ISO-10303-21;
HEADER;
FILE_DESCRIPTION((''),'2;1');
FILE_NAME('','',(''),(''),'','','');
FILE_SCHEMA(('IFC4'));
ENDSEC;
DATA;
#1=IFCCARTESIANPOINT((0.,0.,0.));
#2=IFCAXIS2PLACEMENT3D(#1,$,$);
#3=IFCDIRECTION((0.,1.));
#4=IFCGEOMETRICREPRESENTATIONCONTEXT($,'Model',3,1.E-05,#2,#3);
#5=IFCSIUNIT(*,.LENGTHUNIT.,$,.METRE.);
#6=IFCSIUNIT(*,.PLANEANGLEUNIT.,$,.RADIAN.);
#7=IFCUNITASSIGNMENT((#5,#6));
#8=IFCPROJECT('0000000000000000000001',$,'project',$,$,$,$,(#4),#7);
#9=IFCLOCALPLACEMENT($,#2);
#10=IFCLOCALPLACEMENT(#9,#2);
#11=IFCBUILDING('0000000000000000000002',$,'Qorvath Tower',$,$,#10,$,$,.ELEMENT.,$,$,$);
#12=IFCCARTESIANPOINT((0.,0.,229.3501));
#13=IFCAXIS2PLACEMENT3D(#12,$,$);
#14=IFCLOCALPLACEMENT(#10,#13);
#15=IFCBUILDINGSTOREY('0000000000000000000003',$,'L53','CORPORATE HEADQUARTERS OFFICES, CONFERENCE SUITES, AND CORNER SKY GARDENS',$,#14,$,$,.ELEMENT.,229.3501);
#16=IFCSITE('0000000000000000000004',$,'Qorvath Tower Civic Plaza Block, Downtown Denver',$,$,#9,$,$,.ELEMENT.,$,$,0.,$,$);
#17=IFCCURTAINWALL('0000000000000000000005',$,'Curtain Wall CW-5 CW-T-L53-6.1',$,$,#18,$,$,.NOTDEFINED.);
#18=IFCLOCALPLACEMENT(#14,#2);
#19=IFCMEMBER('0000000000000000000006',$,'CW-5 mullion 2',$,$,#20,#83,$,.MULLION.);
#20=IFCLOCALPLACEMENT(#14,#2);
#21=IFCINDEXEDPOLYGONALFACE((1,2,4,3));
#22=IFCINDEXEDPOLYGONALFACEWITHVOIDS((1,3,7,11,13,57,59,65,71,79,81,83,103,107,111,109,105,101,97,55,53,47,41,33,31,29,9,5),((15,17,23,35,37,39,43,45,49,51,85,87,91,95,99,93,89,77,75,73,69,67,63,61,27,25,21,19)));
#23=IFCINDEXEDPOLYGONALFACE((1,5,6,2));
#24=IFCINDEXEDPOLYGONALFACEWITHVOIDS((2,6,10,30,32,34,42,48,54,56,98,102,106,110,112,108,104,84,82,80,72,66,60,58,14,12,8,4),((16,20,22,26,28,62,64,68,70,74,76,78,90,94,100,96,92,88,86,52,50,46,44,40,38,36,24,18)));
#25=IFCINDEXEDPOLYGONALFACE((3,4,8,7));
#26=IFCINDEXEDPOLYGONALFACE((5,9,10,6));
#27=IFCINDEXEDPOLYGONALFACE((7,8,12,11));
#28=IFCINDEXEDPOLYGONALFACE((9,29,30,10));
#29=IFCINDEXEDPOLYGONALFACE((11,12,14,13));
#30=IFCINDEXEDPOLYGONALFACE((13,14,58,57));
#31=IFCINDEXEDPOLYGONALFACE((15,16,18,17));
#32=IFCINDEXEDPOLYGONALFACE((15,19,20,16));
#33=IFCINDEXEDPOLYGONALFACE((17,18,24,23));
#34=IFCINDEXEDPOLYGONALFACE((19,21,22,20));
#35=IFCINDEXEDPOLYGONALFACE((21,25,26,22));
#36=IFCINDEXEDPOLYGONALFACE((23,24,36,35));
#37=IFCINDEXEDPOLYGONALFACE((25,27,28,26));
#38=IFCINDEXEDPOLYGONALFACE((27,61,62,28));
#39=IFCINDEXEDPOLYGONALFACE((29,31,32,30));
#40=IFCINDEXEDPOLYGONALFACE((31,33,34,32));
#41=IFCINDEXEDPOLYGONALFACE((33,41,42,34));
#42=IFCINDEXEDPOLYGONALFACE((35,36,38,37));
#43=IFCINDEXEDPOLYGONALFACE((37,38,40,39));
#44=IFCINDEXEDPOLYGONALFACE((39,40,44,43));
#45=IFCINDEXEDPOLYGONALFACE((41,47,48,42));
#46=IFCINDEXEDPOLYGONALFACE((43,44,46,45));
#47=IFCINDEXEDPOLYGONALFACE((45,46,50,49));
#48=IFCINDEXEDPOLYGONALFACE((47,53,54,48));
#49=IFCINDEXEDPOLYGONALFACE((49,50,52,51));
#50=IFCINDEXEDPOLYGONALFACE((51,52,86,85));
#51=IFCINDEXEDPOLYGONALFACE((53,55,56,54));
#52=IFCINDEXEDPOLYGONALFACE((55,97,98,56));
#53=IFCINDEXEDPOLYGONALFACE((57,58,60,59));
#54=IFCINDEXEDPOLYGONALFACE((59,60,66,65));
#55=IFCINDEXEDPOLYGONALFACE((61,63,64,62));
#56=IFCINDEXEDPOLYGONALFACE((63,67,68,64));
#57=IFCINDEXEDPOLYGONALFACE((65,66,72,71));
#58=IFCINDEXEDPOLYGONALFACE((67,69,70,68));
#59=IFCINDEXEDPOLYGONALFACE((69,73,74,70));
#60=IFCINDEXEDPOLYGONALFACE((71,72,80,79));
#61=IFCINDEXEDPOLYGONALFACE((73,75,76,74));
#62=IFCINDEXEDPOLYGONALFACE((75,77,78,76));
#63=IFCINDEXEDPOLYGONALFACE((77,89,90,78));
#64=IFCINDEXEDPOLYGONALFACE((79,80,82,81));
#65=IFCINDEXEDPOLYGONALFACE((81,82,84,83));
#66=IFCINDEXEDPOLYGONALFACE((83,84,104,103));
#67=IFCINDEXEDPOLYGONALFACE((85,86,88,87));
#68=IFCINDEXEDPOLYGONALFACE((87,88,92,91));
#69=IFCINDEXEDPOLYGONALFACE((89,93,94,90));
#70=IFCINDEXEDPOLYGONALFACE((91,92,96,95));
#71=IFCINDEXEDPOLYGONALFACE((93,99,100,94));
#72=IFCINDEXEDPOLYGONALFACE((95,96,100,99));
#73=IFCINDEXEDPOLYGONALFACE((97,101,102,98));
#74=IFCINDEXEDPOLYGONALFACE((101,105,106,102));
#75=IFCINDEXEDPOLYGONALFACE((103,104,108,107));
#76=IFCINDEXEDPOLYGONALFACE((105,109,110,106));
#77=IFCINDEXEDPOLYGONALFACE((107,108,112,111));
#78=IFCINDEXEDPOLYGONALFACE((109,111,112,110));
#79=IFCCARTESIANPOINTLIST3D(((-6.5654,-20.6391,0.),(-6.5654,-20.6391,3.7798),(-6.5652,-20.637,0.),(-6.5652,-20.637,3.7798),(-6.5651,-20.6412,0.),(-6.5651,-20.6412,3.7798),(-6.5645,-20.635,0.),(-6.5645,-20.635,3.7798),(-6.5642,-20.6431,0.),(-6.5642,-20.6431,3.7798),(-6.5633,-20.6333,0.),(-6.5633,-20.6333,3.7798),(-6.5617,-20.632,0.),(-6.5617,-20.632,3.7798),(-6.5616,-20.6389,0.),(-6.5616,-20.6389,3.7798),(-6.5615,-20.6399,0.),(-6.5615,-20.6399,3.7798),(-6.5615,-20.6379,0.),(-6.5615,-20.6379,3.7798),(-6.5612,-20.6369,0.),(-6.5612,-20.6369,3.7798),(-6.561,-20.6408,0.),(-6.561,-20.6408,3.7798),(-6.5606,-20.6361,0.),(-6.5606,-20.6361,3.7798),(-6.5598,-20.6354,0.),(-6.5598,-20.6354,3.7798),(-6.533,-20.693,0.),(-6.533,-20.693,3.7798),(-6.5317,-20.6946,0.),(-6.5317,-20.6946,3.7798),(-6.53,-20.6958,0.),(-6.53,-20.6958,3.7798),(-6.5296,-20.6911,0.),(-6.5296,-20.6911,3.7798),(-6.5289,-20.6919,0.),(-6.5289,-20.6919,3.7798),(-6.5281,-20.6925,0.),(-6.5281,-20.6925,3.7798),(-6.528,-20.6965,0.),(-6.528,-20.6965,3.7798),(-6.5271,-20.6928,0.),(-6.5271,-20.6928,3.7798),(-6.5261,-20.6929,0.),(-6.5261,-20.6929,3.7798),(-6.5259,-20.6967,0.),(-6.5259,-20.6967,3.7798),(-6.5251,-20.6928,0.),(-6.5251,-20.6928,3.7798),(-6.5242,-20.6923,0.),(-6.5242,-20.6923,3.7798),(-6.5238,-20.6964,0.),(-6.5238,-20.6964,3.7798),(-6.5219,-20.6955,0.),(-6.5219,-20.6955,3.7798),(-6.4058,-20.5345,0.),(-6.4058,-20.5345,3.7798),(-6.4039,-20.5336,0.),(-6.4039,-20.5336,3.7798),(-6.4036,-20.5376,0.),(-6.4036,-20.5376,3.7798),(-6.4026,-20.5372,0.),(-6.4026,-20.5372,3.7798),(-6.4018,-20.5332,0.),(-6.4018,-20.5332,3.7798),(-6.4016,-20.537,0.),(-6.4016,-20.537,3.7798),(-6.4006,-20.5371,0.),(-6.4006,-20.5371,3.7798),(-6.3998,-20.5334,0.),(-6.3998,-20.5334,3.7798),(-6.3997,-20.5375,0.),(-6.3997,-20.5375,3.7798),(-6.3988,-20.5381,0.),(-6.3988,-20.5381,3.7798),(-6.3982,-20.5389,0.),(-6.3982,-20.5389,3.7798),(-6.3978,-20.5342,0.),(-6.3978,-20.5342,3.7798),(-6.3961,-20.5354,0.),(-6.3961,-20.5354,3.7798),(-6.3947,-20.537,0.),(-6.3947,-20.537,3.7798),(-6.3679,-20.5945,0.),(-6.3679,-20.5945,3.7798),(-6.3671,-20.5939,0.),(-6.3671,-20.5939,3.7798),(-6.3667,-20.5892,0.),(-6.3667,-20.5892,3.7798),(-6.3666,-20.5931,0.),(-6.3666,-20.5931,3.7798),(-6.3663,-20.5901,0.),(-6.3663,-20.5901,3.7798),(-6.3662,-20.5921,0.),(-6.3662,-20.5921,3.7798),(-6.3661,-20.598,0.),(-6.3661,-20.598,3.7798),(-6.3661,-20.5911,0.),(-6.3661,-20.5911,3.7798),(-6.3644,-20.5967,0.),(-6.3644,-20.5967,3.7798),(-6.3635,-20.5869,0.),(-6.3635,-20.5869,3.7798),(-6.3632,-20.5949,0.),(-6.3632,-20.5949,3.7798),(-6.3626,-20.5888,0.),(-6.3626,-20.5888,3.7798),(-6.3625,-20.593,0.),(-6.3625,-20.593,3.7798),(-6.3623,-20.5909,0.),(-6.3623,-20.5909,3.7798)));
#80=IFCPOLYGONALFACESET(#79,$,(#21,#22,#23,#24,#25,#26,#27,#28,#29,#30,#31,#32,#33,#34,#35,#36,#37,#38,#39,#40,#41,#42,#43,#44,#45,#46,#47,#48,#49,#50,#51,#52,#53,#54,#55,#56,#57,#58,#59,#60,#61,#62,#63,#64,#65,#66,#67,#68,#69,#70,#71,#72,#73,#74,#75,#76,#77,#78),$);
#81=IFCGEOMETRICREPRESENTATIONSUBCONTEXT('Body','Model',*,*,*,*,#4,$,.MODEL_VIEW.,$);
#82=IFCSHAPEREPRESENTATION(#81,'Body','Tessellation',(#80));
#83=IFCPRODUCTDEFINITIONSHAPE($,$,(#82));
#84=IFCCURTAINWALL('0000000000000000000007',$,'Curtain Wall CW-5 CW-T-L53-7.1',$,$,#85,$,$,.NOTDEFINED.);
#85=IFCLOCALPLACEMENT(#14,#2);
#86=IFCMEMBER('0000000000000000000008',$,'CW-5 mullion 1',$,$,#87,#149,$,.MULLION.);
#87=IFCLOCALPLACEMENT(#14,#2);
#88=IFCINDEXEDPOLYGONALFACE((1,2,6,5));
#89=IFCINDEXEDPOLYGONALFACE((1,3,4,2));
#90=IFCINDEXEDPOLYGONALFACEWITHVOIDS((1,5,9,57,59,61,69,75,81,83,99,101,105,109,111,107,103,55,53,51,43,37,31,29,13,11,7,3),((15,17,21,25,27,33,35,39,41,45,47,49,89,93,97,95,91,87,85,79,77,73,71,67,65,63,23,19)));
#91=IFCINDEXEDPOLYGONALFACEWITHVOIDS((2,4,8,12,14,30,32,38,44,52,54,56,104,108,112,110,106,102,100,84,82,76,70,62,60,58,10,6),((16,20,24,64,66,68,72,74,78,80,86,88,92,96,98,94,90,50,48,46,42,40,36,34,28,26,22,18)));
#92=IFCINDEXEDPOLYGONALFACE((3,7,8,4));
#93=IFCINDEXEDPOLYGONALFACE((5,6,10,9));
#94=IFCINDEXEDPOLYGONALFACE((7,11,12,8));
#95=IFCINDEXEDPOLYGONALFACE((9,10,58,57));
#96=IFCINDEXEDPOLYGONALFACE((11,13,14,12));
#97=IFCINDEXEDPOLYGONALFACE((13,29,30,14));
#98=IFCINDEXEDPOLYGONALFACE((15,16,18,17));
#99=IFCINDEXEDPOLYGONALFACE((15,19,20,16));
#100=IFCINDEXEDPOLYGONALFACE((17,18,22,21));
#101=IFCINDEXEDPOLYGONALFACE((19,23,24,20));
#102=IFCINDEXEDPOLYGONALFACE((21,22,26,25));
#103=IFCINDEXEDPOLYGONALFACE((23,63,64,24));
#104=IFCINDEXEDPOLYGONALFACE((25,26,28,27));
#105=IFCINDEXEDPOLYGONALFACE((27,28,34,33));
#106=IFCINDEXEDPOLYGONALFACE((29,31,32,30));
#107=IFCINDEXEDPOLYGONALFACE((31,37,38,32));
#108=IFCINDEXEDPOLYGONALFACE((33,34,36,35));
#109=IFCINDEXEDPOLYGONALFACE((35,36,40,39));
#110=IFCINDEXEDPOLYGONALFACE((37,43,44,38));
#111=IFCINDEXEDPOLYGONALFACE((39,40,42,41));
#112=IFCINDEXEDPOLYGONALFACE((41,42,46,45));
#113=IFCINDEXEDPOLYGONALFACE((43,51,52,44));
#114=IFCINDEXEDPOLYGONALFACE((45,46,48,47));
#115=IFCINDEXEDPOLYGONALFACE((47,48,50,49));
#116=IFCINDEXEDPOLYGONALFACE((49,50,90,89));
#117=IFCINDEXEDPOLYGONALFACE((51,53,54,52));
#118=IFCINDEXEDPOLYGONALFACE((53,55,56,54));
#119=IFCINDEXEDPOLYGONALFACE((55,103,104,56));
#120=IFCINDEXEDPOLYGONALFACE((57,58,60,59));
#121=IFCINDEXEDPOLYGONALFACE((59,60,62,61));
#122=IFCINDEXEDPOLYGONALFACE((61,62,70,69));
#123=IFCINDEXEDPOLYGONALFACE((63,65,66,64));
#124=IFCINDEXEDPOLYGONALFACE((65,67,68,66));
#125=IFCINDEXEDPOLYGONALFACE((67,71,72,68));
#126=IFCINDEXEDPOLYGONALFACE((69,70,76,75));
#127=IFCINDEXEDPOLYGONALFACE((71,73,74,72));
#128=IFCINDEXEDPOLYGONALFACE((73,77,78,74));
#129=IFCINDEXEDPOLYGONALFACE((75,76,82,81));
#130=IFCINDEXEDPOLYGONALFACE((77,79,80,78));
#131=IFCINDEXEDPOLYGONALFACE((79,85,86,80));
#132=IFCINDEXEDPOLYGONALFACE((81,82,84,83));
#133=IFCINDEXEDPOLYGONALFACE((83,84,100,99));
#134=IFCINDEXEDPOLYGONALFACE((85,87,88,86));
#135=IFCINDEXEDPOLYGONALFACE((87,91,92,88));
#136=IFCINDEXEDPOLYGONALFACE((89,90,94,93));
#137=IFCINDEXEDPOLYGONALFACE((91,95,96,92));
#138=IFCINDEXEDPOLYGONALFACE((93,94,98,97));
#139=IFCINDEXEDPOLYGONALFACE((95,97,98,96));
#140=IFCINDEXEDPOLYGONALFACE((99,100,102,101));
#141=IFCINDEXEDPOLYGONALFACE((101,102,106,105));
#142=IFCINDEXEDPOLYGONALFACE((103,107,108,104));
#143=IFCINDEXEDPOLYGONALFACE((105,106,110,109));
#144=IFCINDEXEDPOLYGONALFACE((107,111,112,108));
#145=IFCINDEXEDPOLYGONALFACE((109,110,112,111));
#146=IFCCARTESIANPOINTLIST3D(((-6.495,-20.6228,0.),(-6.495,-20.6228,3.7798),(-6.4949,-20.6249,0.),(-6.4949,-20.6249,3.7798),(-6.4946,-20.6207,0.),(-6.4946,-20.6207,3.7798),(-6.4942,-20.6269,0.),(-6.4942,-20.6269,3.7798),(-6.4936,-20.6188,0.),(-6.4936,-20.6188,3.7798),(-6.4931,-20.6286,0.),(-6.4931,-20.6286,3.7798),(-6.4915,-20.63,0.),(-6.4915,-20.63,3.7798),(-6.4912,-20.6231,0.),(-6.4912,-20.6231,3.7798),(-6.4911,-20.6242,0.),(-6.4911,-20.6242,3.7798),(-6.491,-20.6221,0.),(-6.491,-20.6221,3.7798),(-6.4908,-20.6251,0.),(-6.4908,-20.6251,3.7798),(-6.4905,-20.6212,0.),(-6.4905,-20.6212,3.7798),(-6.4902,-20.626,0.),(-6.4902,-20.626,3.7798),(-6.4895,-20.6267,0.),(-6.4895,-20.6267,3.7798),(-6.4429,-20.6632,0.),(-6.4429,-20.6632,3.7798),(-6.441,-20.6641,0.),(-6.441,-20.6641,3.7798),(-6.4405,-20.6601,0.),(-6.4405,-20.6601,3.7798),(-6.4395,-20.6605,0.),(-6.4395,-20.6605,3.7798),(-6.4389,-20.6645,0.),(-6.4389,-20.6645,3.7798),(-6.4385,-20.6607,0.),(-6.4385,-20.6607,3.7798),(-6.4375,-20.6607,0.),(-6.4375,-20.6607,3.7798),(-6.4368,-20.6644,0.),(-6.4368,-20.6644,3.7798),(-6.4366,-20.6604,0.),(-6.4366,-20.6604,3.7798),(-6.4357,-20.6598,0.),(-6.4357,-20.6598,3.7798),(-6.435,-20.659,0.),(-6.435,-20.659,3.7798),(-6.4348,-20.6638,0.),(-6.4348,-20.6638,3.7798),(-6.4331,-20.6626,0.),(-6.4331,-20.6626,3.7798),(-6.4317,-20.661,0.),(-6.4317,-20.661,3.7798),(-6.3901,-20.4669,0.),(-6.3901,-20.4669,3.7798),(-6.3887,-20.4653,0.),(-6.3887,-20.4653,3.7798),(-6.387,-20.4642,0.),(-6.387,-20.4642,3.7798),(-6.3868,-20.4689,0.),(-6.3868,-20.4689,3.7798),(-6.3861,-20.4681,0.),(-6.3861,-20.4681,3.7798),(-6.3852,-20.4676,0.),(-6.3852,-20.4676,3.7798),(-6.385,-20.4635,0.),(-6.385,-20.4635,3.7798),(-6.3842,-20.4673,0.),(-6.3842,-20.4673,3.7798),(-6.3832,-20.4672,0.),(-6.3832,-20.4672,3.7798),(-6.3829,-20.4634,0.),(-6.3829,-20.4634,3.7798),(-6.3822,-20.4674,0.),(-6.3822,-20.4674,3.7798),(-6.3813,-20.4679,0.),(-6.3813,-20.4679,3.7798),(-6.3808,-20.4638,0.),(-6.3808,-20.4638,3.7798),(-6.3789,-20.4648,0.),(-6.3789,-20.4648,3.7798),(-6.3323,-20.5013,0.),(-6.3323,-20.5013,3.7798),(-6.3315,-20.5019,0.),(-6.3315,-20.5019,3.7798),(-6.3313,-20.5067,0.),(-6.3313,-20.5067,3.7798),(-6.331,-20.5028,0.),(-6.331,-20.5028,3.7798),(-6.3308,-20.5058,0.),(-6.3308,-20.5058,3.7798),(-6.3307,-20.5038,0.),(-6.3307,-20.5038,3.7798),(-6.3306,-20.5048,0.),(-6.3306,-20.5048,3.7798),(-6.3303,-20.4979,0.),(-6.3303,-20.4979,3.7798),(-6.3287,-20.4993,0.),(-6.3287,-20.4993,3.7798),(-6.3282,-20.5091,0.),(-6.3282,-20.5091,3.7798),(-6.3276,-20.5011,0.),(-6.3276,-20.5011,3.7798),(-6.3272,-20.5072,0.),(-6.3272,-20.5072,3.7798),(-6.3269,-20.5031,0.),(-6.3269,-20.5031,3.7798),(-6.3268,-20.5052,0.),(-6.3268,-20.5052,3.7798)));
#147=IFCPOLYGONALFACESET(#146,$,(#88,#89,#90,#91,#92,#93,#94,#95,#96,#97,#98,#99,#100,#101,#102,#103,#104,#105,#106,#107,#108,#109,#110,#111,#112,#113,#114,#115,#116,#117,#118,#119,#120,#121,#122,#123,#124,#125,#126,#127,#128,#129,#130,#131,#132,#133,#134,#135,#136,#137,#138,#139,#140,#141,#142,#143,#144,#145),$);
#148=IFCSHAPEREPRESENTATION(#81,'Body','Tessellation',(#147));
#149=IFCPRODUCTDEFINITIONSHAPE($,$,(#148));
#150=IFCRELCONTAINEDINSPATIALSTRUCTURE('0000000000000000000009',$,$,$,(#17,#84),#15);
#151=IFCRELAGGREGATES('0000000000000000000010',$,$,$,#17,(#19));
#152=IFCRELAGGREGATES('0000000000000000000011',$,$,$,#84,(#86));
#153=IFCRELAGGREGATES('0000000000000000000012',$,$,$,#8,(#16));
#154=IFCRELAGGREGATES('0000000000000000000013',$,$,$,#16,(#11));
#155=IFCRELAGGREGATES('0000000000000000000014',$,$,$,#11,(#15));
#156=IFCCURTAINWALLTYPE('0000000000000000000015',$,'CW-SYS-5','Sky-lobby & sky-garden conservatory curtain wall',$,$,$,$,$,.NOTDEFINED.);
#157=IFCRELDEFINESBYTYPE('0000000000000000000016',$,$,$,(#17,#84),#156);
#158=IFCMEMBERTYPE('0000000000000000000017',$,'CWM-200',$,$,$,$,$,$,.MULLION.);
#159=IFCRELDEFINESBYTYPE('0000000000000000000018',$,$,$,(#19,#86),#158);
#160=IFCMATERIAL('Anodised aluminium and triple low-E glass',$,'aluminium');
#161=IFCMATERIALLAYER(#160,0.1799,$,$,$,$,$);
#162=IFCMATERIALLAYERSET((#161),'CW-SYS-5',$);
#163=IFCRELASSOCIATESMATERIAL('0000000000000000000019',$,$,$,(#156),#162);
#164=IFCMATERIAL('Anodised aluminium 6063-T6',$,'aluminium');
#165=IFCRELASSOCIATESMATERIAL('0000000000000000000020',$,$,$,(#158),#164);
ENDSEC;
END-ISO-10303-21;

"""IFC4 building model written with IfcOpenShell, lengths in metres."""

from ifc_helpers import new_model, si_unit, direction, frame, origin, origin_2d, place, context, subcontext, project, spatial, hollow_rectangle, extrude, material, layer, layer_set, material_profile, profile_set, type_object, element, aggregate, save


model = new_model("IFC4")

# Units and contexts
model_context = context("Model", 3, precision=1e-05, world=origin(), true_north=direction((0.0, 1.0)))
body_context = subcontext(model_context, "Body", "Model", "MODEL_VIEW")
ifc_project = project(units=[si_unit("LENGTHUNIT", "METRE"), si_unit("PLANEANGLEUNIT", "RADIAN")], contexts=[model_context])

# Site, building, storey
site_placement = place(None, origin())
site = spatial("IfcSite", under=ifc_project, at=site_placement, Name="Qorvath Tower Civic Plaza Block, Downtown Denver", CompositionType="ELEMENT", RefElevation=0.0)
building_placement = place(site_placement, origin())
building = spatial("IfcBuilding", under=site, at=building_placement, Name="Qorvath Tower", CompositionType="ELEMENT")
storey_placement = place(building_placement, frame((0.0, 0.0, 229.3501)))
storey = spatial("IfcBuildingStorey", under=building, at=storey_placement, Name="L53", Description="CORPORATE HEADQUARTERS OFFICES, CONFERENCE SUITES, AND CORNER SKY GARDENS", CompositionType="ELEMENT", Elevation=229.3501)

# Shared definitions
ifc_material_1 = material(Name="Anodised aluminium and triple low-E glass", Category="aluminium")
ifc_layer_1 = layer(ifc_material_1, 0.1799)
ifc_layer_set_1 = layer_set([ifc_layer_1], Name="CW-SYS-5")
curtain_wall_type = type_object("IfcCurtainWallType", Name="CW-SYS-5", Description="Sky-lobby & sky-garden conservatory curtain wall", PredefinedType="NOTDEFINED", material=ifc_layer_set_1)
ifc_material_2 = material(Name="Anodised aluminium 6063-T6", Category="aluminium")
ifc_material_profile_1 = material_profile(ifc_material_2, hollow_rectangle(XDim=0.075, YDim=0.2, WallThickness=0.0039, InnerFilletRadius=0.0039, OuterFilletRadius=0.0081, at=origin_2d()), Name="CWM 200x75")
ifc_profile_set_1 = profile_set([ifc_material_profile_1], Name="Anodised aluminium 6063-T6")
member_type_1 = type_object("IfcMemberType", Name="CWM-200", PredefinedType="MULLION", material=ifc_profile_set_1)

# Curtain walls, members
curtain_wall_1_placement = place(storey_placement, origin())
curtain_wall_1 = element("IfcCurtainWall", 1, at=curtain_wall_1_placement, inside=storey, type_object=curtain_wall_type, Name="Curtain Wall CW-5 CW-T-L53-6.1", PredefinedType="NOTDEFINED")
member_1_placement = place(storey_placement, frame((-6.4639, -20.615, 0.0), z_axis=(0.0, 0.0, 1.0), x_axis=(-0.530545, 0.847657, 0.0)))
member_1 = element("IfcMember", 2, at=member_1_placement, type_object=member_type_1, Name="CW-5 mullion 2", PredefinedType="MULLION", context=body_context, shape_type="SweptSolid", body=[
    extrude(hollow_rectangle(XDim=0.075, YDim=0.2, WallThickness=0.0039, InnerFilletRadius=0.0039, OuterFilletRadius=0.0081, at=origin_2d()), origin(), (0.0, 0.0, 1.0), 3.7798),
])
curtain_wall_2_placement = place(storey_placement, origin())
curtain_wall_2 = element("IfcCurtainWall", 3, at=curtain_wall_2_placement, inside=storey, type_object=curtain_wall_type, Name="Curtain Wall CW-5 CW-T-L53-7.1", PredefinedType="NOTDEFINED")
member_2_placement = place(storey_placement, frame((-6.4109, -20.564, 0.0), z_axis=(0.0, 0.0, 1.0), x_axis=(-0.826491, 0.56295, 0.0)))
member_2 = element("IfcMember", 4, at=member_2_placement, type_object=member_type_1, Name="CW-5 mullion 1", PredefinedType="MULLION", context=body_context, shape_type="SweptSolid", body=[
    extrude(hollow_rectangle(XDim=0.075, YDim=0.2, WallThickness=0.0039, InnerFilletRadius=0.0039, OuterFilletRadius=0.0081, at=origin_2d()), origin(), (0.0, 0.0, 1.0), 3.7798),
])

aggregate(curtain_wall_1, [member_1])
aggregate(curtain_wall_2, [member_2])

save(model, "model.ifc")
